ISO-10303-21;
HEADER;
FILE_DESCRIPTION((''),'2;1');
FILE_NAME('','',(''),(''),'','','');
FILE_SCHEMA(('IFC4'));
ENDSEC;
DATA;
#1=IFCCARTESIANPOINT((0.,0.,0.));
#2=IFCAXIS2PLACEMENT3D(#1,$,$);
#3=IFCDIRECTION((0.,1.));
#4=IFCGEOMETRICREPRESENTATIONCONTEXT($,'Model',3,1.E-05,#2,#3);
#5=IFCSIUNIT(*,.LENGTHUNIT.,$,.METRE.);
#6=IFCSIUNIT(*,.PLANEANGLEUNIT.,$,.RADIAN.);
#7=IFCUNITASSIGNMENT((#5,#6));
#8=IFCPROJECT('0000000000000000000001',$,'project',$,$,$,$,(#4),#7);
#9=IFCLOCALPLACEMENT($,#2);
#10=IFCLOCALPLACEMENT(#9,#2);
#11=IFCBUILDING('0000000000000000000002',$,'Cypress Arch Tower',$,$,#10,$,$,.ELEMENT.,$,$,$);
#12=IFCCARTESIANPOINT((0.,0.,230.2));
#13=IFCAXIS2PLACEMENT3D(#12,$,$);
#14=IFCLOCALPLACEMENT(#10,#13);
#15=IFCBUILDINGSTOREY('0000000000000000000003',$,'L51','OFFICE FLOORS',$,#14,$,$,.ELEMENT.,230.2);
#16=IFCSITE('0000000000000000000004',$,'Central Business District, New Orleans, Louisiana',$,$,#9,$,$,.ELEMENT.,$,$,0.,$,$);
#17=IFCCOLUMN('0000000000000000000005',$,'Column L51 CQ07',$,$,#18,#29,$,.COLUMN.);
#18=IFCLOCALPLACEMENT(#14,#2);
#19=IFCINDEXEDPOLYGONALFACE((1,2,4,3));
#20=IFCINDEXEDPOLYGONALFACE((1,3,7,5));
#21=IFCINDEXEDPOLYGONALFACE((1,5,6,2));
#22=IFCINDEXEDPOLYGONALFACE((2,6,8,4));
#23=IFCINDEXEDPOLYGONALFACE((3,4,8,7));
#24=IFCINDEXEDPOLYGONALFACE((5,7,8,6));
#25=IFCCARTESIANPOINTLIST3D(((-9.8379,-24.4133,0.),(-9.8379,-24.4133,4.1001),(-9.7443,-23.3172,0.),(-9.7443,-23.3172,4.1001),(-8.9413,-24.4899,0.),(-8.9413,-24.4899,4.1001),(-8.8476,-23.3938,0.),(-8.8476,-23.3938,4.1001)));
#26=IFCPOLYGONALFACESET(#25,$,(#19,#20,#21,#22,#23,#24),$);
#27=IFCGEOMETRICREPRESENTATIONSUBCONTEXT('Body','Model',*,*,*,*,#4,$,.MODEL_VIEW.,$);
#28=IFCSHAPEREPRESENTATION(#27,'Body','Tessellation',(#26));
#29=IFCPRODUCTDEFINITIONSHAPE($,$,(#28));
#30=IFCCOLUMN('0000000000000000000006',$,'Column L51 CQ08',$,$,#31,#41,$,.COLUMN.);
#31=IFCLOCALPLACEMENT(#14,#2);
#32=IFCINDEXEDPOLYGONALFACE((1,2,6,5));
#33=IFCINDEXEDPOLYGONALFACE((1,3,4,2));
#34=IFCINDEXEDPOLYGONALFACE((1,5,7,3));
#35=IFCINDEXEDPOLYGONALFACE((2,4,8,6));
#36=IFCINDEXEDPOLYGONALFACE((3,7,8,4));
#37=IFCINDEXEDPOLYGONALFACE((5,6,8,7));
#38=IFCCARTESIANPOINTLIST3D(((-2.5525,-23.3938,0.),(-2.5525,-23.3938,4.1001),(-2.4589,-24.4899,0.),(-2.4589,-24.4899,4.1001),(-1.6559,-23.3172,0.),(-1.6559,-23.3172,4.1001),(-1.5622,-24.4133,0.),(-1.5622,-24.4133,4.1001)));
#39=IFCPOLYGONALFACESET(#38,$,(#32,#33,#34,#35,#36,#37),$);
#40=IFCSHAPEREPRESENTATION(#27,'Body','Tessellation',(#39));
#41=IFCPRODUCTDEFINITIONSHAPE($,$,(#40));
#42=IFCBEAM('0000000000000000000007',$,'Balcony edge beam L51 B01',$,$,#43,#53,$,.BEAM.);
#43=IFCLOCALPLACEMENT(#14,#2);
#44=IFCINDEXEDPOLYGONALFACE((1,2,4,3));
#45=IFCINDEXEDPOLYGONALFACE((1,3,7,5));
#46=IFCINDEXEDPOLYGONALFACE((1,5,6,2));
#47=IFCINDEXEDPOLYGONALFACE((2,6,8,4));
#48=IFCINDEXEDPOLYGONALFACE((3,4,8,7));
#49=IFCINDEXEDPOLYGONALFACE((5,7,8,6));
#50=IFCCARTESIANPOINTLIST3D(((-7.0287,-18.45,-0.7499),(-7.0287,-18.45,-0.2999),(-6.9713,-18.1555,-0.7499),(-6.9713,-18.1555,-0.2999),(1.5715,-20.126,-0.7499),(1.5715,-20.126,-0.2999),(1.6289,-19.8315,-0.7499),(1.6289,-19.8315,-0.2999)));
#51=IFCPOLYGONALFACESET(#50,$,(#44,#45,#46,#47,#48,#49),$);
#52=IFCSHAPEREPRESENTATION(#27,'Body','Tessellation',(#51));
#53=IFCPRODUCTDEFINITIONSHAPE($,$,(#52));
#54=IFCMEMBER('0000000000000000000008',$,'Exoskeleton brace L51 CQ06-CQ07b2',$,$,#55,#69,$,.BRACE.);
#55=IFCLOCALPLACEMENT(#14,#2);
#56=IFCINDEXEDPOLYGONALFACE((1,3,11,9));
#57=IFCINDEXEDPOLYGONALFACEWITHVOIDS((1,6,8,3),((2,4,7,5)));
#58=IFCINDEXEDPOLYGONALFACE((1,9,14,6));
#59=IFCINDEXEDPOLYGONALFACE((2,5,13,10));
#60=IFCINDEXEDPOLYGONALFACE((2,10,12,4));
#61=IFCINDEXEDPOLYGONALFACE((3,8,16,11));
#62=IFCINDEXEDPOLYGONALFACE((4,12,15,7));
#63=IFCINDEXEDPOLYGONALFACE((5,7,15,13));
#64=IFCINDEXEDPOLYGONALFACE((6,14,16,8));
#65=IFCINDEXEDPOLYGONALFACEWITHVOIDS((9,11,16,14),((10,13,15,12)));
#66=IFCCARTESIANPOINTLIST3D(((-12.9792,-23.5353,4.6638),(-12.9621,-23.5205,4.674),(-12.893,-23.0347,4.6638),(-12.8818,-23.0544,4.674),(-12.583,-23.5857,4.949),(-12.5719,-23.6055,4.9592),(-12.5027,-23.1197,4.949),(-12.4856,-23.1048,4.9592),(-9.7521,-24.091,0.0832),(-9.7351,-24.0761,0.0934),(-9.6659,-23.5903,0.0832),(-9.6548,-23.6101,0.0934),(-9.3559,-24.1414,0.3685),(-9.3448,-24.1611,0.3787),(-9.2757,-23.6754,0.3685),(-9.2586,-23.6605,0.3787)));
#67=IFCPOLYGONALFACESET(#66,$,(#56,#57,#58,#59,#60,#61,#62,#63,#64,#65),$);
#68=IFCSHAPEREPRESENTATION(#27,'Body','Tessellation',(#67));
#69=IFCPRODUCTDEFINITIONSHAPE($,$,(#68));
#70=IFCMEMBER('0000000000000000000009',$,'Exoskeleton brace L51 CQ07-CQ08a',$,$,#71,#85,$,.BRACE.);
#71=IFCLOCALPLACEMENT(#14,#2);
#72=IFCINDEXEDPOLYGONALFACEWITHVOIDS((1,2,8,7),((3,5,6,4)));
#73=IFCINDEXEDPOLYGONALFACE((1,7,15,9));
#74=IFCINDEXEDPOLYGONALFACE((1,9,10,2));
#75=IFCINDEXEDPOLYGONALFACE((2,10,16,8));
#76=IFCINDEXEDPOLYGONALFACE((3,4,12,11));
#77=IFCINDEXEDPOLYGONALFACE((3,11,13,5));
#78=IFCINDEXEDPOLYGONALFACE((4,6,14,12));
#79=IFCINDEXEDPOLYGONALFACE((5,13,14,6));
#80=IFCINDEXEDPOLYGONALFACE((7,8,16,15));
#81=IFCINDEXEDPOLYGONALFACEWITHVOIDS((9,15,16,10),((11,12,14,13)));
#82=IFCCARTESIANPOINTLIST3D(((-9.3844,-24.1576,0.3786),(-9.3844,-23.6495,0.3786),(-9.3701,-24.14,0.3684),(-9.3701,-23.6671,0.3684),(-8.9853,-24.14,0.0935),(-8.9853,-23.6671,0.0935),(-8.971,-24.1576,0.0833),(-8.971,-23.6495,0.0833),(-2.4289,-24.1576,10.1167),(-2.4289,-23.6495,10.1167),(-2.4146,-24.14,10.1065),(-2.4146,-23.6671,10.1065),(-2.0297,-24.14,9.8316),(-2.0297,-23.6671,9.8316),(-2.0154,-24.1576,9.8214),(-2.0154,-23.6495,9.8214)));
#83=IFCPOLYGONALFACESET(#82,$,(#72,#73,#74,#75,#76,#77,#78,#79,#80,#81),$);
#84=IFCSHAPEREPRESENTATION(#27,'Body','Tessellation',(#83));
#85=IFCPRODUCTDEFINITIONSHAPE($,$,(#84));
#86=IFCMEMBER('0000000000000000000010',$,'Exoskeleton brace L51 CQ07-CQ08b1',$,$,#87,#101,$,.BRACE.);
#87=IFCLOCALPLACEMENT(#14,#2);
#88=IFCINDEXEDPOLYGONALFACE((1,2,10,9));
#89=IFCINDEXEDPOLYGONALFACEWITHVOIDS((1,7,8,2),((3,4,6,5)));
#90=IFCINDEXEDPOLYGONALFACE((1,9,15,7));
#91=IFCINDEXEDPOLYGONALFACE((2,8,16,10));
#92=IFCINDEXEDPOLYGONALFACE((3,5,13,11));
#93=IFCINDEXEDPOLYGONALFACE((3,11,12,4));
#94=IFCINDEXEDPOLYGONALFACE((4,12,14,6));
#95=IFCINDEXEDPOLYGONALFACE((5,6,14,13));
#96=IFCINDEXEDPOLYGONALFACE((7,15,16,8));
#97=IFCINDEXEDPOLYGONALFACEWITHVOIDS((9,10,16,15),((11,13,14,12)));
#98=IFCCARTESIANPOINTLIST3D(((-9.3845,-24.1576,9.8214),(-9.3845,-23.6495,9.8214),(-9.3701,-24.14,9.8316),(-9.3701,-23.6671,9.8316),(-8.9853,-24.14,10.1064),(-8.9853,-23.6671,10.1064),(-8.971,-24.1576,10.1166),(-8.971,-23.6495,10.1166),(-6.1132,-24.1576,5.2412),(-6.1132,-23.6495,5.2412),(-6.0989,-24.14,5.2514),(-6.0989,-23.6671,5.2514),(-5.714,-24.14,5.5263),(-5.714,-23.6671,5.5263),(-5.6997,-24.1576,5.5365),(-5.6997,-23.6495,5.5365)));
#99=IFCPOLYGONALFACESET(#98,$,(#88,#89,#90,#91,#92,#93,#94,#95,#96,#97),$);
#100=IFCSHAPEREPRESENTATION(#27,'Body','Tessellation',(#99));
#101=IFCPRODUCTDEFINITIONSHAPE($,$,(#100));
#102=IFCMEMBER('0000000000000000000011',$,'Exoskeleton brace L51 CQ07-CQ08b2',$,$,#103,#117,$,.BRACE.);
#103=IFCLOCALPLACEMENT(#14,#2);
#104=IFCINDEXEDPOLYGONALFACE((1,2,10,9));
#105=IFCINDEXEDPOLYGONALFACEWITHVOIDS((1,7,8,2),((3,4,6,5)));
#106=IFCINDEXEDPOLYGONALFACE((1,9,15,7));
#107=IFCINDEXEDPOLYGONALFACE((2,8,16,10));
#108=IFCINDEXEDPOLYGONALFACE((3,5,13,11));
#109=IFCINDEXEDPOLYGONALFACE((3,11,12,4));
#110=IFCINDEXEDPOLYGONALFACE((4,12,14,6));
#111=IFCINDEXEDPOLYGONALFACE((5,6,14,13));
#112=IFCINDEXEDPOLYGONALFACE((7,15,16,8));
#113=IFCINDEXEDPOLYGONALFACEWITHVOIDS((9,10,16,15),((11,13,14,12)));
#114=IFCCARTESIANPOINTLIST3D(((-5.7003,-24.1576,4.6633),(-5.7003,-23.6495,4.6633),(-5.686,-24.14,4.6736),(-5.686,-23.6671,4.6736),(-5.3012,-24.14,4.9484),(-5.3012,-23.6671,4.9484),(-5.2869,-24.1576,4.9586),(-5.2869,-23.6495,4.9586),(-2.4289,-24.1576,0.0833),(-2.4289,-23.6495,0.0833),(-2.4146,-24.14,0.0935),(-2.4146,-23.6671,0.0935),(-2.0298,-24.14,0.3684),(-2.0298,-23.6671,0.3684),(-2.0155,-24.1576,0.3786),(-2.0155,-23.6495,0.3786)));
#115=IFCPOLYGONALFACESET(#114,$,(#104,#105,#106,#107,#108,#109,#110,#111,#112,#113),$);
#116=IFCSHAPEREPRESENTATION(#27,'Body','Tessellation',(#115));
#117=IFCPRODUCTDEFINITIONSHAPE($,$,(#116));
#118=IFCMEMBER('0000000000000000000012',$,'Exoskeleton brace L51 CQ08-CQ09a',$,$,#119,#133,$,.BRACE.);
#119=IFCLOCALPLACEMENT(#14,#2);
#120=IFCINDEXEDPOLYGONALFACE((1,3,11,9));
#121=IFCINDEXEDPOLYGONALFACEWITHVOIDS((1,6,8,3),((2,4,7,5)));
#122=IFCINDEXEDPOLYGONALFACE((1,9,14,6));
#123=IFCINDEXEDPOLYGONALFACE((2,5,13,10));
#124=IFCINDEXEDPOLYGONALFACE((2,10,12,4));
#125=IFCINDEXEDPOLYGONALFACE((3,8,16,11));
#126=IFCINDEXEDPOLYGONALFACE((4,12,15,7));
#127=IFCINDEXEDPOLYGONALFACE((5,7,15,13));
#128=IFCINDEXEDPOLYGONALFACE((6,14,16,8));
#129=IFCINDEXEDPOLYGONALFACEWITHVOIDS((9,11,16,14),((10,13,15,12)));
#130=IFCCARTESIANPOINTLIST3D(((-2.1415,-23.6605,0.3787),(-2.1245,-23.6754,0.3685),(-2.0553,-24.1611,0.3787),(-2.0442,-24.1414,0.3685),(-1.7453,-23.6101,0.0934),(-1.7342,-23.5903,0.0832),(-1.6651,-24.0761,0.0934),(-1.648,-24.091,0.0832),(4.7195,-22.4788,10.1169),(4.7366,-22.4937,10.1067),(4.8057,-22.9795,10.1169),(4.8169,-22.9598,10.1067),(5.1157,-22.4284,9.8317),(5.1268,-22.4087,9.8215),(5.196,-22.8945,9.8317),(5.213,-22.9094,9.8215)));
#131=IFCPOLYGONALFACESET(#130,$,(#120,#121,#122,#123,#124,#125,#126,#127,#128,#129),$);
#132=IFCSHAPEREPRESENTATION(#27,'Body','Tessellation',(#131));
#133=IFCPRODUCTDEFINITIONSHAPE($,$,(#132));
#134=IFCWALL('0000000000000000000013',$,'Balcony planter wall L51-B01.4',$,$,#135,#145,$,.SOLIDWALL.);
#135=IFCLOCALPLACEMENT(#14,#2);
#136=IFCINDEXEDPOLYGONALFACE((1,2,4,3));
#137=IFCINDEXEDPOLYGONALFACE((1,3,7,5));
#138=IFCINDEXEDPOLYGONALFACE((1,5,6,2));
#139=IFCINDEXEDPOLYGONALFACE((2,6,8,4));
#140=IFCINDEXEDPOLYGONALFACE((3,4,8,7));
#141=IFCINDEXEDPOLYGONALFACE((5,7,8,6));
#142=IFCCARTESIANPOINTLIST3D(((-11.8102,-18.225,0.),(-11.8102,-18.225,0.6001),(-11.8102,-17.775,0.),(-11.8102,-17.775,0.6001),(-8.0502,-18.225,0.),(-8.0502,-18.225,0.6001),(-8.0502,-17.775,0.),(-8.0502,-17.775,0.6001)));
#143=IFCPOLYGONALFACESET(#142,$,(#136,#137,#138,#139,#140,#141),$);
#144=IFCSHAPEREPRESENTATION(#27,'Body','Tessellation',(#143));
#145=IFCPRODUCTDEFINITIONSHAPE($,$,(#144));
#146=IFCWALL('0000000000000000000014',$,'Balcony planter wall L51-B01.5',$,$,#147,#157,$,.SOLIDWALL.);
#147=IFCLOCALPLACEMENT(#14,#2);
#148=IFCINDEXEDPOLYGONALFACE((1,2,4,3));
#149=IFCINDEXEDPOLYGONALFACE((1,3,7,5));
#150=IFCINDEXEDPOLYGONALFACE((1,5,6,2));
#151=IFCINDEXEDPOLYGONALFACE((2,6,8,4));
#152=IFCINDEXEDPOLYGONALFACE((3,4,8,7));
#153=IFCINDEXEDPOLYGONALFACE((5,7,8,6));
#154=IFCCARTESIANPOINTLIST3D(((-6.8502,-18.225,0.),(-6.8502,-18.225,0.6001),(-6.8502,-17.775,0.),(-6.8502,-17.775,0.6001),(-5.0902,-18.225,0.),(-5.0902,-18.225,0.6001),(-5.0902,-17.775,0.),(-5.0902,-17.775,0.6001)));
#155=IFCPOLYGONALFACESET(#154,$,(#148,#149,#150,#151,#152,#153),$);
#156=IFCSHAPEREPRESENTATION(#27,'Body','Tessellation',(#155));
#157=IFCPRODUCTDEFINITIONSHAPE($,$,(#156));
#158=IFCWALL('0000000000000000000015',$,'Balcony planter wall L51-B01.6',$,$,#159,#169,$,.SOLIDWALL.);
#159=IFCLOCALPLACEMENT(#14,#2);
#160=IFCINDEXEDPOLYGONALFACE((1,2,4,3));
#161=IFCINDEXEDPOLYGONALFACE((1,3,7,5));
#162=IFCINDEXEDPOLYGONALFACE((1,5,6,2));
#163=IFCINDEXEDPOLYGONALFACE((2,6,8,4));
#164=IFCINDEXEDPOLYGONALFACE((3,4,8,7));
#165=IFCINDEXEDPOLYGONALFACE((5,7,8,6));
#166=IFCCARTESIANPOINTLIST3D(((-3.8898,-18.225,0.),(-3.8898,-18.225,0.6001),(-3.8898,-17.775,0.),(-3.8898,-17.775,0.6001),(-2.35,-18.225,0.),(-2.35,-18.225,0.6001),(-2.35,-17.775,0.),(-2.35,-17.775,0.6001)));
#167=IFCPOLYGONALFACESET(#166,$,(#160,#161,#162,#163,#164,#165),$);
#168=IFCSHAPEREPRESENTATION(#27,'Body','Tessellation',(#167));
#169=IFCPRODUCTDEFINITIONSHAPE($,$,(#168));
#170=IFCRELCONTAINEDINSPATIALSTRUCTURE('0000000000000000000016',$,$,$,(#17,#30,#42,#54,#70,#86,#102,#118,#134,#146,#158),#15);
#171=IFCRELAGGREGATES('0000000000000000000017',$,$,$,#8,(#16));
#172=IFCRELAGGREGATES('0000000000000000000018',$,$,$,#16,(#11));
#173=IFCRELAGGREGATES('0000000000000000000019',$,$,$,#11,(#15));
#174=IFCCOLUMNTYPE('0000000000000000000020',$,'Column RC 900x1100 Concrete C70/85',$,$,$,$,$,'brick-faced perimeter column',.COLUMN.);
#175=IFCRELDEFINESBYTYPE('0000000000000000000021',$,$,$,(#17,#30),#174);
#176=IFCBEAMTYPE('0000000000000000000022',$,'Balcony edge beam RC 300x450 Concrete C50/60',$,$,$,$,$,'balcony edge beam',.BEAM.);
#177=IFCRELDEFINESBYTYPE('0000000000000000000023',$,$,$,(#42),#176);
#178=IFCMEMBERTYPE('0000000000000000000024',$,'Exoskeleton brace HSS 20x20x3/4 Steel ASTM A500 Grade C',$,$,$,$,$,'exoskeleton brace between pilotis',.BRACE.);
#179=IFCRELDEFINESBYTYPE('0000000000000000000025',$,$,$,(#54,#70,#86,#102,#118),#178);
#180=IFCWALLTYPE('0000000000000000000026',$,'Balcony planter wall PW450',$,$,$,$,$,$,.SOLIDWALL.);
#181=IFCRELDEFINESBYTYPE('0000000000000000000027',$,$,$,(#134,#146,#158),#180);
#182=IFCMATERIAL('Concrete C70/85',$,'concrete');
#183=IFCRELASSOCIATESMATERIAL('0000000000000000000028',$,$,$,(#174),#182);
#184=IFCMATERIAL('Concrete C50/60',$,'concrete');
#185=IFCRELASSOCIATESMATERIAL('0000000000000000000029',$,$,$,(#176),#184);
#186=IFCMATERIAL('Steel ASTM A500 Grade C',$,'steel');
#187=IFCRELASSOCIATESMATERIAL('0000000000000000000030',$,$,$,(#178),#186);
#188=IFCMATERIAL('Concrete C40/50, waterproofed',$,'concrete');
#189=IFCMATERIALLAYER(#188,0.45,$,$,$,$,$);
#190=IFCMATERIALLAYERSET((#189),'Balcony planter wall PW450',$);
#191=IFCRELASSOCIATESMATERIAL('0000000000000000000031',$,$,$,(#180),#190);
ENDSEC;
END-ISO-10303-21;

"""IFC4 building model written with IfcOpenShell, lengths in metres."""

from ifc_helpers import new_model, si_unit, direction, frame, frame_2d, origin, origin_2d, place, context, subcontext, project, spatial, rectangle, hollow_rectangle, extrude, material, layer, layer_set, material_profile, profile_set, type_object, element, save


model = new_model("IFC4")

# Units and contexts
model_context = context("Model", 3, precision=1e-05, world=origin(), true_north=direction((0.0, 1.0)))
body_context = subcontext(model_context, "Body", "Model", "MODEL_VIEW")
ifc_project = project(units=[si_unit("LENGTHUNIT", "METRE"), si_unit("PLANEANGLEUNIT", "RADIAN")], contexts=[model_context])

# Site, building, storey
site_placement = place(None, origin())
site = spatial("IfcSite", under=ifc_project, at=site_placement, Name="Central Business District, New Orleans, Louisiana", CompositionType="ELEMENT", RefElevation=0.0)
building_placement = place(site_placement, origin())
building = spatial("IfcBuilding", under=site, at=building_placement, Name="Cypress Arch Tower", CompositionType="ELEMENT")
storey_placement = place(building_placement, frame((0.0, 0.0, 230.2)))
storey = spatial("IfcBuildingStorey", under=building, at=storey_placement, Name="L51", Description="OFFICE FLOORS", CompositionType="ELEMENT", Elevation=230.2)

# Columns
ifc_material_1 = material(Name="Concrete C70/85", Category="concrete")
ifc_material_profile_1 = material_profile(ifc_material_1, rectangle(XDim=0.8999, YDim=1.1001, at=origin_2d()), Name="RC 900x1100")
ifc_profile_set_1 = profile_set([ifc_material_profile_1], Name="Concrete C70/85")
column_type = type_object("IfcColumnType", Name="Column RC 900x1100 Concrete C70/85", ElementType="brick-faced perimeter column", PredefinedType="COLUMN", material=ifc_profile_set_1)
for number, where, z_axis, x_axis, name in (
    (1, (-9.3428, -23.9036, 0.0), (0.0, 0.0, 1.0), (0.996368, -0.085149, 0.0), "Column L51 CQ07"),
    (2, (-2.0574, -23.9036, 0.0), (0.0, 0.0, 1.0), (0.996368, 0.085149, 0.0), "Column L51 CQ08"),
):
    element("IfcColumn", number, at=place(storey_placement, frame(where, z_axis=z_axis, x_axis=x_axis)), inside=storey, type_object=column_type, Name=name, PredefinedType="COLUMN", context=body_context, shape_type="SweptSolid", body=[
        extrude(rectangle(XDim=0.8999, YDim=1.1001, at=origin_2d()), origin(), (0.0, 0.0, 1.0), 4.1001),
    ])

# Beam
ifc_material_2 = material(Name="Concrete C50/60", Category="concrete")
ifc_material_profile_2 = material_profile(ifc_material_2, rectangle(XDim=0.3, YDim=0.45, at=origin_2d()), Name="RC 300x450")
ifc_profile_set_2 = profile_set([ifc_material_profile_2], Name="Concrete C50/60")
beam_type = type_object("IfcBeamType", Name="Balcony edge beam RC 300x450 Concrete C50/60", ElementType="balcony edge beam", PredefinedType="BEAM", material=ifc_profile_set_2)
beam_placement = place(storey_placement, frame((-7.0, -18.3027, -0.5249), z_axis=(0.981534, -0.191286, 0.0), x_axis=(0.191286, 0.981534, 0.0)))
element("IfcBeam", 3, at=beam_placement, inside=storey, type_object=beam_type, Name="Balcony edge beam L51 B01", PredefinedType="BEAM", context=body_context, shape_type="SweptSolid", body=[
    extrude(rectangle(XDim=0.3, YDim=0.45, at=origin_2d()), origin(), (0.0, 0.0, 1.0), 8.762),
])

# Members
ifc_material_3 = material(Name="Steel ASTM A500 Grade C", Category="steel")
ifc_material_profile_3 = material_profile(ifc_material_3, hollow_rectangle(XDim=0.5081, YDim=0.5081, WallThickness=0.0176, at=origin_2d()), Name="HSS 20x20x3/4")
ifc_profile_set_3 = profile_set([ifc_material_profile_3], Name="Steel ASTM A500 Grade C")
member_type = type_object("IfcMemberType", Name="Exoskeleton brace HSS 20x20x3/4 Steel ASTM A500 Grade C", ElementType="exoskeleton brace between pilotis", PredefinedType="BRACE", material=ifc_profile_set_3)
member_1_placement = place(storey_placement, frame((-9.5054, -23.8757, 0.231), z_axis=(-0.573122, 0.098686, 0.813506), x_axis=(-0.169692, -0.985497, 0.0)))
element("IfcMember", 4, at=member_1_placement, inside=storey, type_object=member_type, Name="Exoskeleton brace L51 CQ06-CQ07b2", PredefinedType="BRACE", context=body_context, shape_type="SweptSolid", body=[
    extrude(hollow_rectangle(XDim=0.5081, YDim=0.5081, WallThickness=0.0176, at=origin_2d()), origin(), (0.0, 0.0, 1.0), 5.6306),
])
member_2_placement = place(storey_placement, frame((-9.1777, -23.9036, 0.231), z_axis=(0.581229, 0.0, 0.81374), x_axis=(0.0, 1.0, 0.0)))
element("IfcMember", 5, at=member_2_placement, inside=storey, type_object=member_type, Name="Exoskeleton brace L51 CQ07-CQ08a", PredefinedType="BRACE", context=body_context, shape_type="SweptSolid", body=[
    extrude(hollow_rectangle(XDim=0.5081, YDim=0.5081, WallThickness=0.0176, at=origin_2d()), origin(), (0.0, 0.0, 1.0), 11.967),
])
for number, where, z_axis, x_axis, name in (
    (6, (-9.1777, -23.9036, 9.969), (0.581209, 0.0, -0.813754), (0.0, 1.0, 0.0), "Exoskeleton brace L51 CQ07-CQ08b1"),
    (7, (-2.2222, -23.9036, 0.231), (-0.581238, 0.0, 0.813733), (0.0, -1.0, 0.0), "Exoskeleton brace L51 CQ07-CQ08b2"),
):
    element("IfcMember", number, at=place(storey_placement, frame(where, z_axis=z_axis, x_axis=x_axis)), inside=storey, type_object=member_type, Name=name, PredefinedType="BRACE", context=body_context, shape_type="SweptSolid", body=[
        extrude(hollow_rectangle(XDim=0.5081, YDim=0.5081, WallThickness=0.0176, at=origin_2d()), origin(), (0.0, 0.0, 1.0), 5.6284),
    ])
member_3_placement = place(storey_placement, frame((-1.8948, -23.8757, 0.231), z_axis=(0.573142, 0.098709, 0.813489), x_axis=(-0.169725, 0.985491, 0.0)))
element("IfcMember", 8, at=member_3_placement, inside=storey, type_object=member_type, Name="Exoskeleton brace L51 CQ08-CQ09a", PredefinedType="BRACE", context=body_context, shape_type="SweptSolid", body=[
    extrude(hollow_rectangle(XDim=0.5081, YDim=0.5081, WallThickness=0.0176, at=origin_2d()), origin(), (0.0, 0.0, 1.0), 11.9709),
])

# Walls
ifc_material_4 = material(Name="Concrete C40/50, waterproofed", Category="concrete")
ifc_layer = layer(ifc_material_4, 0.45)
ifc_layer_set = layer_set([ifc_layer], Name="Balcony planter wall PW450")
wall_type = type_object("IfcWallType", Name="Balcony planter wall PW450", PredefinedType="SOLIDWALL", material=ifc_layer_set)
wall_1_placement = place(storey_placement, frame((-11.8101, -18.0, 0.0), z_axis=(0.0, 0.0, 1.0), x_axis=(1.0, 0.0, 0.0)))
element("IfcWall", 9, at=wall_1_placement, inside=storey, type_object=wall_type, Name="Balcony planter wall L51-B01.4", PredefinedType="SOLIDWALL", context=body_context, shape_type="SweptSolid", body=[
    extrude(rectangle(XDim=3.76, YDim=0.45, at=frame_2d((1.8799, 0.0))), origin(), (0.0, 0.0, 1.0), 0.6001),
])
wall_2_placement = place(storey_placement, frame((-6.8501, -18.0, 0.0), z_axis=(0.0, 0.0, 1.0), x_axis=(1.0, 0.0, 0.0)))
element("IfcWall", 10, at=wall_2_placement, inside=storey, type_object=wall_type, Name="Balcony planter wall L51-B01.5", PredefinedType="SOLIDWALL", context=body_context, shape_type="SweptSolid", body=[
    extrude(rectangle(XDim=1.76, YDim=0.45, at=frame_2d((0.8799, 0.0))), origin(), (0.0, 0.0, 1.0), 0.6001),
])
wall_3_placement = place(storey_placement, frame((-3.8899, -18.0, 0.0), z_axis=(0.0, 0.0, 1.0), x_axis=(1.0, 0.0, 0.0)))
element("IfcWall", 11, at=wall_3_placement, inside=storey, type_object=wall_type, Name="Balcony planter wall L51-B01.6", PredefinedType="SOLIDWALL", context=body_context, shape_type="SweptSolid", body=[
    extrude(rectangle(XDim=1.5398, YDim=0.45, at=frame_2d((0.77, 0.0))), origin(), (0.0, 0.0, 1.0), 0.6001),
])

save(model, "model.ifc")
